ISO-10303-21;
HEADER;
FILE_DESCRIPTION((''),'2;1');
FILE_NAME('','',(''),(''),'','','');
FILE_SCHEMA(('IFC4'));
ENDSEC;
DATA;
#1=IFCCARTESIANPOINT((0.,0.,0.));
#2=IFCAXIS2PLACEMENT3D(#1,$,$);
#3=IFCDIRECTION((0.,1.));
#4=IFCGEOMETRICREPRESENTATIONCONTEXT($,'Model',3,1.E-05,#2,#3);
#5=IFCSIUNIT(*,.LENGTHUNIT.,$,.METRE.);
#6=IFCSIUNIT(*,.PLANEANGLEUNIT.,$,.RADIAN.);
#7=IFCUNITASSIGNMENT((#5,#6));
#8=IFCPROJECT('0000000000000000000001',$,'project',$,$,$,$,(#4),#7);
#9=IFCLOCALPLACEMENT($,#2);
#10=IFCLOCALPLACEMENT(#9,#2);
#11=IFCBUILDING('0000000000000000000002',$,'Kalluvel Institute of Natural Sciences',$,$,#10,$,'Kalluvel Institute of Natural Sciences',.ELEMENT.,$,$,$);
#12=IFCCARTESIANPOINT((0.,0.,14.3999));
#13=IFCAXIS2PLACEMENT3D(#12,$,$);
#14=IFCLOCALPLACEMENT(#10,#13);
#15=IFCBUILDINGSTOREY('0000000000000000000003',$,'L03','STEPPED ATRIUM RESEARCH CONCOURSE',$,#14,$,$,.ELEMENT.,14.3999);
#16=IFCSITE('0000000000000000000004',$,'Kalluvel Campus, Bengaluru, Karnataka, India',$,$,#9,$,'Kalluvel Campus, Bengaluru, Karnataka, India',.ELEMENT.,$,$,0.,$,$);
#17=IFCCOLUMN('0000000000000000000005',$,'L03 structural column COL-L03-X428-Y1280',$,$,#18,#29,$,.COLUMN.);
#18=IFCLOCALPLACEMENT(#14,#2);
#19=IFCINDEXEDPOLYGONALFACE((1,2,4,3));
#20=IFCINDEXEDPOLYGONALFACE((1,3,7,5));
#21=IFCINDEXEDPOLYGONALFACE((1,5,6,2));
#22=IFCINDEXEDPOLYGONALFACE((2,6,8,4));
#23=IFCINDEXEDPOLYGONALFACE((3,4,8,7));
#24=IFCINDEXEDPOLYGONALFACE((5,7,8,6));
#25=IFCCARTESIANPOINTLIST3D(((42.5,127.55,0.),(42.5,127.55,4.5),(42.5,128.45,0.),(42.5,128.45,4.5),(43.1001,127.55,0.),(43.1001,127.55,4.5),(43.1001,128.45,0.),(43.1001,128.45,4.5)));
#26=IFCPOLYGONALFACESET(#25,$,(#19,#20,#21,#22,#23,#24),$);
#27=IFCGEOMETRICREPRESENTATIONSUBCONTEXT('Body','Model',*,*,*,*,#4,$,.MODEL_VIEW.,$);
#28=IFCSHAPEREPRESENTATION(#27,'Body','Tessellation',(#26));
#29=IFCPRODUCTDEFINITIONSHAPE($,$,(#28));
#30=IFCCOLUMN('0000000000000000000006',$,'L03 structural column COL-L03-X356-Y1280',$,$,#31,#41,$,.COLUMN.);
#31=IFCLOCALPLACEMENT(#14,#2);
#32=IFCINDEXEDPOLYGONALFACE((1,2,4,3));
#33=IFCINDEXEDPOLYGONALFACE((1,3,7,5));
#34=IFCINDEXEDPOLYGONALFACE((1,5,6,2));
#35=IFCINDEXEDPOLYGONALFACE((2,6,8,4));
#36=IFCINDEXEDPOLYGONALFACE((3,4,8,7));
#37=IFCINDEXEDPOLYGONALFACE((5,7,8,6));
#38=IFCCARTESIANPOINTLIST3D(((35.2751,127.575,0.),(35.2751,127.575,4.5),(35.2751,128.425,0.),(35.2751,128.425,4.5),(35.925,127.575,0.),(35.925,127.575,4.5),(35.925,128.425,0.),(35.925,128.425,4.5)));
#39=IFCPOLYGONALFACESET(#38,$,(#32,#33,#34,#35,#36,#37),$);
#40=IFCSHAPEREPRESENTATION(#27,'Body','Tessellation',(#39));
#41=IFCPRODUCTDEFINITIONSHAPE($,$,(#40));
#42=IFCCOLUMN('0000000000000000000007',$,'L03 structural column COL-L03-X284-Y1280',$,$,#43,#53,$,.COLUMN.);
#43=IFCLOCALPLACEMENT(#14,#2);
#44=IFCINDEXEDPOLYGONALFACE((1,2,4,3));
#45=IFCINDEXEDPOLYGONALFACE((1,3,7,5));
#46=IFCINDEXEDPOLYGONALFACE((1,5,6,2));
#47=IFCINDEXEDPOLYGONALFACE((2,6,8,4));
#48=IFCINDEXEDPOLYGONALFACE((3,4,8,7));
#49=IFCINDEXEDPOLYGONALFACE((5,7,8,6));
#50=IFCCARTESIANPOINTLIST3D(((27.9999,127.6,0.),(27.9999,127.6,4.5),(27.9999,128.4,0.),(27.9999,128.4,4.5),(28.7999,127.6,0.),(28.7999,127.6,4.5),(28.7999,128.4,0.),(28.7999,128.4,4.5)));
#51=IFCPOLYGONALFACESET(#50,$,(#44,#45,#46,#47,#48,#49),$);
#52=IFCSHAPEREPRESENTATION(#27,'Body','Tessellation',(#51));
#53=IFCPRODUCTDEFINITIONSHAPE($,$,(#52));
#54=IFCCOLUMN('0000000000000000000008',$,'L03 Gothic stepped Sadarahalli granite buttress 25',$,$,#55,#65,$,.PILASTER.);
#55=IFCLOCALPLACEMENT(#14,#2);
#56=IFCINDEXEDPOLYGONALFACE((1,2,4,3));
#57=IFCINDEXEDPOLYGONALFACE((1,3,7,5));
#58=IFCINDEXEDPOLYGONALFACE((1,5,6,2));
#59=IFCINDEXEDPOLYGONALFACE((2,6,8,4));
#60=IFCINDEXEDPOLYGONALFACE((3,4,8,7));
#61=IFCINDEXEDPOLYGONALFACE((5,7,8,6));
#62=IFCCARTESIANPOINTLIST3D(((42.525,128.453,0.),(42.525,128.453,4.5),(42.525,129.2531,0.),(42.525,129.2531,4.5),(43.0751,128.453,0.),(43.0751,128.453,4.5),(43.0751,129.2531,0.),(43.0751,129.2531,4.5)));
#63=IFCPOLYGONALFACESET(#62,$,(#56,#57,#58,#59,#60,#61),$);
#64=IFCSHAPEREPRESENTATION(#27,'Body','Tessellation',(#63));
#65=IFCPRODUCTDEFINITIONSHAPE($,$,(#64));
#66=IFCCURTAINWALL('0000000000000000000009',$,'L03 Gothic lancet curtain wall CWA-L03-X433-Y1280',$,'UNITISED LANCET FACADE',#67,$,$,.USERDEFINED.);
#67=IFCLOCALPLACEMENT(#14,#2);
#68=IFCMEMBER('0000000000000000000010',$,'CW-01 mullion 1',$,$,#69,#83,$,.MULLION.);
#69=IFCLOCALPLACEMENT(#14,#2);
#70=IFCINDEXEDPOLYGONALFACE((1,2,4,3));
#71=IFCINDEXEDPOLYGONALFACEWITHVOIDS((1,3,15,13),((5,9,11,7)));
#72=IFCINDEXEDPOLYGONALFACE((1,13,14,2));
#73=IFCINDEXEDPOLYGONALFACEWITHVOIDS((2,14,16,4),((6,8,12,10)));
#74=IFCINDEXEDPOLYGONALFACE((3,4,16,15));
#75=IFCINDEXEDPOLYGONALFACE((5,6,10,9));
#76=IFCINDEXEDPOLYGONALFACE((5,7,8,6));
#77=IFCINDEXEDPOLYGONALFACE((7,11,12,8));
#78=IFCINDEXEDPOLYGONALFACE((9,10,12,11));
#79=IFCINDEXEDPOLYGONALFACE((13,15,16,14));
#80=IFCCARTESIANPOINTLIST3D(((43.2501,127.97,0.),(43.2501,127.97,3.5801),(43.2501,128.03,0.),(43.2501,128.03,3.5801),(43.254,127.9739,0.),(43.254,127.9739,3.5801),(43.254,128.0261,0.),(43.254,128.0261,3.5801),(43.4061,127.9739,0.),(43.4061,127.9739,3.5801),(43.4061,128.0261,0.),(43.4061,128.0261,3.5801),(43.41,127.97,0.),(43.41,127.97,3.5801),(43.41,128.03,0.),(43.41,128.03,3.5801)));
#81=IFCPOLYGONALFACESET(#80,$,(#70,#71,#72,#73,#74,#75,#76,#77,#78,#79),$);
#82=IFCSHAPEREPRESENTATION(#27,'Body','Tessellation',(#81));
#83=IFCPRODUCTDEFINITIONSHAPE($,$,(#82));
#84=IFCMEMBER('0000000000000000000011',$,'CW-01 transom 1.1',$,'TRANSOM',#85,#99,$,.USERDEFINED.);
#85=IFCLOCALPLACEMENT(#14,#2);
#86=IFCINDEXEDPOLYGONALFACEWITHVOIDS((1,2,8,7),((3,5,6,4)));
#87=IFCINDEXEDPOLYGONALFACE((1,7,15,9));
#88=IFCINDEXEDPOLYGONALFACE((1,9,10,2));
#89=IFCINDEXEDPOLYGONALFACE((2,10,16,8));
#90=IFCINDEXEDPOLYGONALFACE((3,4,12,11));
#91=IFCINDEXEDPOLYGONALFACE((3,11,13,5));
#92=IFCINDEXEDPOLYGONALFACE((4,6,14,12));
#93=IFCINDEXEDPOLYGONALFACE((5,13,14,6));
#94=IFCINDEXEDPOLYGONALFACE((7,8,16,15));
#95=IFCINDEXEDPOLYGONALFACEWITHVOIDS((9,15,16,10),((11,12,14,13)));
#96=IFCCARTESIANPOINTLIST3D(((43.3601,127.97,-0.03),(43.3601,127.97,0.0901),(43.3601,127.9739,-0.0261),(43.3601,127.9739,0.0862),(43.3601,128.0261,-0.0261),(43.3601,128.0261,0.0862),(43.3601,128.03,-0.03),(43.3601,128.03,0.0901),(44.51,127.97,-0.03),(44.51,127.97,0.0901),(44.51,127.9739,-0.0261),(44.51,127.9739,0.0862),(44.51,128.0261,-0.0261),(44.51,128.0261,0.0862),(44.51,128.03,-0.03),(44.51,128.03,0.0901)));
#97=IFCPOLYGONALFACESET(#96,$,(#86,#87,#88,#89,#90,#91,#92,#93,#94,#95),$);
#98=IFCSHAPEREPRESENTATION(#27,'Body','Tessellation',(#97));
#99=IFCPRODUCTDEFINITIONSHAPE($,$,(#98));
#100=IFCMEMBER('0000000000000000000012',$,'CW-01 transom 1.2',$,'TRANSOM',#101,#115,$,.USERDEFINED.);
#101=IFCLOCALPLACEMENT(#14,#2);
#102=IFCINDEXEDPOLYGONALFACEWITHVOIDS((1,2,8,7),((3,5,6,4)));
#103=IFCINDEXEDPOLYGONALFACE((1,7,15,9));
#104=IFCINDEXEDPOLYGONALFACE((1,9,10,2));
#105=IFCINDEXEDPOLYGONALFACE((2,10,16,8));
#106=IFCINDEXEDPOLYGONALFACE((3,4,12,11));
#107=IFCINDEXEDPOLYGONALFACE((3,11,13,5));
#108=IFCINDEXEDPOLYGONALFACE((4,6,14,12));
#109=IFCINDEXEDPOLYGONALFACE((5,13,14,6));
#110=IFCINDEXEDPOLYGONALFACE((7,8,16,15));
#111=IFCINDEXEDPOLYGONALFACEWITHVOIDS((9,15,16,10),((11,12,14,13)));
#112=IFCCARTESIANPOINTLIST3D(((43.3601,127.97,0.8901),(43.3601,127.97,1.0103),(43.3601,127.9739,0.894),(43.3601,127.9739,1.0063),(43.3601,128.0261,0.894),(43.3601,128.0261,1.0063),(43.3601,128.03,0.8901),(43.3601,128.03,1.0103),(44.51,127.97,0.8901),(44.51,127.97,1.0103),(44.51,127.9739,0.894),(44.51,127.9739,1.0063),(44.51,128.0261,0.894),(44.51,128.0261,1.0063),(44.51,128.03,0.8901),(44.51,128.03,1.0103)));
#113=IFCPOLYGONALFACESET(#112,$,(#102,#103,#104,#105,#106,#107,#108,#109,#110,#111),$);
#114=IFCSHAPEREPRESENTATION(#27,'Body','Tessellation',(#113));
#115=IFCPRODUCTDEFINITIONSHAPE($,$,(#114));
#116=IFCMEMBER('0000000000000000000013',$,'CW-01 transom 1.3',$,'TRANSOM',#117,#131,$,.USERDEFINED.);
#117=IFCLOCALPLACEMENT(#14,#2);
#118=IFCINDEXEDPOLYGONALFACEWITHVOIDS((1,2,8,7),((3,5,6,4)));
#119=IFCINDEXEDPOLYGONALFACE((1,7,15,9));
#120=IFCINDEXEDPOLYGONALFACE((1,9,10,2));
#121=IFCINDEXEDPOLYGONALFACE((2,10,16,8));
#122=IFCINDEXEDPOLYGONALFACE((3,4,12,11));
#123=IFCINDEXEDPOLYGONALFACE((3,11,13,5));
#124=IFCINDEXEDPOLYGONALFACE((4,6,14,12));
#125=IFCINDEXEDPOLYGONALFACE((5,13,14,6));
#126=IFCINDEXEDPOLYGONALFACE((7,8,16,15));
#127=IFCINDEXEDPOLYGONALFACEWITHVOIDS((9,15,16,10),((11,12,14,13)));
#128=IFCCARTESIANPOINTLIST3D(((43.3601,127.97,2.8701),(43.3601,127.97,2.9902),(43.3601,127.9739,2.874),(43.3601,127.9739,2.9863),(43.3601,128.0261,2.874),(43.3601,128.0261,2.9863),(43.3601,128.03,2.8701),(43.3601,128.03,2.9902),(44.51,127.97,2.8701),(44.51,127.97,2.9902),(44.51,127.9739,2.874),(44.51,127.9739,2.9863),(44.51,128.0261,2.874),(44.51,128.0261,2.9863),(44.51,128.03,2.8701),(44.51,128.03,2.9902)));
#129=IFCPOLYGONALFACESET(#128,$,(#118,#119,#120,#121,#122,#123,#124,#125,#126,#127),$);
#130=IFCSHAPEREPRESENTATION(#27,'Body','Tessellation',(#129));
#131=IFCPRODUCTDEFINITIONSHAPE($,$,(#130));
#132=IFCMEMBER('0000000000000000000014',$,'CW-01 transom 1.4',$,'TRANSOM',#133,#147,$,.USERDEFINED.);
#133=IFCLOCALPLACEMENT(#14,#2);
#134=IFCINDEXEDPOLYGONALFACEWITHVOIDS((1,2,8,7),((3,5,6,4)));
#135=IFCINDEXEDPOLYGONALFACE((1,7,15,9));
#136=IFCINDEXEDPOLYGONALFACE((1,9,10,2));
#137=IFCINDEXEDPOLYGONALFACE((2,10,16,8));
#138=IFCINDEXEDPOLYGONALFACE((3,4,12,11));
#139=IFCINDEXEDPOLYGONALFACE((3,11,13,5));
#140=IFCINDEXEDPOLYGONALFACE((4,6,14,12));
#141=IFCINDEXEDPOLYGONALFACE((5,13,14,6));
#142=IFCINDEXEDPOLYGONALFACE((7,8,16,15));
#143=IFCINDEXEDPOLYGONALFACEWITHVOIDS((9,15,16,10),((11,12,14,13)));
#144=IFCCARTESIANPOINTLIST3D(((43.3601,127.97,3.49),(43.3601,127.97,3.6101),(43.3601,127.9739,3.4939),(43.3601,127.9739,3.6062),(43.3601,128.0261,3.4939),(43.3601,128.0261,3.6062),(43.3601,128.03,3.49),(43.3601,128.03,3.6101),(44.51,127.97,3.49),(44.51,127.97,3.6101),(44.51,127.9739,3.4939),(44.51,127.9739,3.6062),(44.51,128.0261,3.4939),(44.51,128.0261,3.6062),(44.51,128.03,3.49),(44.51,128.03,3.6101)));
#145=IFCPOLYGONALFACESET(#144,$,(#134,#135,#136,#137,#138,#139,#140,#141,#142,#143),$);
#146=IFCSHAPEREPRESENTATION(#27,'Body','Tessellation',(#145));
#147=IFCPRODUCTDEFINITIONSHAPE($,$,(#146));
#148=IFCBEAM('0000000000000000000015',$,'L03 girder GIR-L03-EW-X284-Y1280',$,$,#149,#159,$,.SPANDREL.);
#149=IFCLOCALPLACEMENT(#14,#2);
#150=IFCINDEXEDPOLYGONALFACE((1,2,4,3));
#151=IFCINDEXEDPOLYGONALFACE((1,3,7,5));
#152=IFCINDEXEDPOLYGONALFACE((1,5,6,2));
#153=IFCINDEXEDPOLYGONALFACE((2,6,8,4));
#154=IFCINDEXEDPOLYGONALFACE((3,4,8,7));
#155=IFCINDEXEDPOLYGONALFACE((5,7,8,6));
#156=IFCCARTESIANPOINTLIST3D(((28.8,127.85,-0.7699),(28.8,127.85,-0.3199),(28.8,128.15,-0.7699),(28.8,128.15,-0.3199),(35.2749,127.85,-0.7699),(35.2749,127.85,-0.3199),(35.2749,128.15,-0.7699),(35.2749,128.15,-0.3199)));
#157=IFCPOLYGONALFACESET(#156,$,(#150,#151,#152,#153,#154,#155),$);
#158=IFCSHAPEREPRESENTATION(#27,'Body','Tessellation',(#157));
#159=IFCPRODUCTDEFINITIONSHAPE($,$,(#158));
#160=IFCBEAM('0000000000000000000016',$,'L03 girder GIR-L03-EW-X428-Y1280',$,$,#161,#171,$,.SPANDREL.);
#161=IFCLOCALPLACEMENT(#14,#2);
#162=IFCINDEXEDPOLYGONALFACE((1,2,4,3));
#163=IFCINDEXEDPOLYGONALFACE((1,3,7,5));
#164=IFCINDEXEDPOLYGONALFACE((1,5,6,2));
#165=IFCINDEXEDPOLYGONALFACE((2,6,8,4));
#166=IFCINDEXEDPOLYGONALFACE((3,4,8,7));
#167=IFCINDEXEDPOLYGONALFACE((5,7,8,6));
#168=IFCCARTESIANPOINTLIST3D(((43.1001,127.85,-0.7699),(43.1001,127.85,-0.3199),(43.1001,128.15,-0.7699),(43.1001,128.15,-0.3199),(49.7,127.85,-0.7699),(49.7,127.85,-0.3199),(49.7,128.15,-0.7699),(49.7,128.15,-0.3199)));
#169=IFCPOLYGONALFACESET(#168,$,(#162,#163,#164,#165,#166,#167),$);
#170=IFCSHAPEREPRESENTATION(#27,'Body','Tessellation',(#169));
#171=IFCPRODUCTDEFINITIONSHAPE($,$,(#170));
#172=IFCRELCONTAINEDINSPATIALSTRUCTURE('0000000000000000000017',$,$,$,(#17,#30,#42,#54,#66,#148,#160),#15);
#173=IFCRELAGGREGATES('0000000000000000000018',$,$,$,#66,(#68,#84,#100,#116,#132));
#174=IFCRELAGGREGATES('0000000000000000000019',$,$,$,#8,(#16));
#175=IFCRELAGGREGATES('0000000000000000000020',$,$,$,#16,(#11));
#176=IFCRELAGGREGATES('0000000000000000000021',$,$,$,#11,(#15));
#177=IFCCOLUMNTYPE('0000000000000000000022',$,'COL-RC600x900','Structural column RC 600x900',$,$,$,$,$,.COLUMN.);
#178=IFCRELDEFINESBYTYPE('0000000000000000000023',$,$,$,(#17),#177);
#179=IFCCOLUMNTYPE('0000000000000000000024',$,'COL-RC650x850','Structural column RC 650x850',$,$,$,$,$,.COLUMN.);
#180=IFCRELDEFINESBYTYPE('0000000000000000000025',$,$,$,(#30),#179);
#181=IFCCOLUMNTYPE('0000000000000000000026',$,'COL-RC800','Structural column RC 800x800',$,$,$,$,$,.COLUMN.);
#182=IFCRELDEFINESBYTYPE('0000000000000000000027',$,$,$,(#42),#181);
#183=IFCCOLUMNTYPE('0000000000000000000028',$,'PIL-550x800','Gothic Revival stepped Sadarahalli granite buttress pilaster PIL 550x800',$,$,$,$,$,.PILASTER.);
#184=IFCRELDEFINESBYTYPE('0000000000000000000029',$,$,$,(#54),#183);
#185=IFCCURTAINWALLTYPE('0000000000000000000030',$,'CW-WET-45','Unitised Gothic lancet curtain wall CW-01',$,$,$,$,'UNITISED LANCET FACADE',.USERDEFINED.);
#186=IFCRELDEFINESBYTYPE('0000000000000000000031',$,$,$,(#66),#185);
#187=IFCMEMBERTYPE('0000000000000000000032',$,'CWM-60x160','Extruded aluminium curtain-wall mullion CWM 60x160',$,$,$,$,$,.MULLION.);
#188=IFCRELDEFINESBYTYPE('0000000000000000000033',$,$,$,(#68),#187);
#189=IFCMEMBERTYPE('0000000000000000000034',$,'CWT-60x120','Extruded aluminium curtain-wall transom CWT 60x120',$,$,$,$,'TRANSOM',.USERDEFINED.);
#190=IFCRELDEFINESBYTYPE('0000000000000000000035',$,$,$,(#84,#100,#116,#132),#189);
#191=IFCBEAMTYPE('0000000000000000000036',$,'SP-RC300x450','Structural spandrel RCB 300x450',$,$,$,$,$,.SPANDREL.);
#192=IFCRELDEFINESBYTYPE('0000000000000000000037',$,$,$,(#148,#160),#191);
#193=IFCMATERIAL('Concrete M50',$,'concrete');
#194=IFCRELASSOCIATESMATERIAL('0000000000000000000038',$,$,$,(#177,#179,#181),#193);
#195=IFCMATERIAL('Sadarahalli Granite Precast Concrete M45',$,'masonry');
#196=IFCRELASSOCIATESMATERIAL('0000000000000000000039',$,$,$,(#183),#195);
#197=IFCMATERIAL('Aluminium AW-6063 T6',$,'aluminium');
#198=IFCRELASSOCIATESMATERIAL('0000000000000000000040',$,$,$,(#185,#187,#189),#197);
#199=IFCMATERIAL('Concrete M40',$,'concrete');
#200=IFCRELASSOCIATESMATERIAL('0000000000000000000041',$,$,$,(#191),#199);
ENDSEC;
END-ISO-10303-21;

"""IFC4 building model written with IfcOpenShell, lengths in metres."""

from ifc_helpers import new_model, si_unit, direction, frame, origin, origin_2d, place, context, subcontext, project, spatial, rectangle, hollow_rectangle, extrude, material, material_profile, profile_set, type_object, element, aggregate, save


model = new_model("IFC4")

# Units and contexts
model_context = context("Model", 3, precision=1e-05, world=origin(), true_north=direction((0.0, 1.0)))
body_context = subcontext(model_context, "Body", "Model", "MODEL_VIEW")
ifc_project = project(units=[si_unit("LENGTHUNIT", "METRE"), si_unit("PLANEANGLEUNIT", "RADIAN")], contexts=[model_context])

# Site, building, storey
site_placement = place(None, origin())
site = spatial("IfcSite", under=ifc_project, at=site_placement, Name="Kalluvel Campus, Bengaluru, Karnataka, India", LongName="Kalluvel Campus, Bengaluru, Karnataka, India", CompositionType="ELEMENT", RefElevation=0.0)
building_placement = place(site_placement, origin())
building = spatial("IfcBuilding", under=site, at=building_placement, Name="Kalluvel Institute of Natural Sciences", LongName="Kalluvel Institute of Natural Sciences", CompositionType="ELEMENT")
storey_placement = place(building_placement, frame((0.0, 0.0, 14.3999)))
storey = spatial("IfcBuildingStorey", under=building, at=storey_placement, Name="L03", Description="STEPPED ATRIUM RESEARCH CONCOURSE", CompositionType="ELEMENT", Elevation=14.3999)

# Columns
ifc_material_1 = material(Name="Concrete M50", Category="concrete")
ifc_material_profile_1 = material_profile(ifc_material_1, rectangle(XDim=0.6001, YDim=0.8999, at=origin_2d()), Name="RC 600x900")
ifc_profile_set_1 = profile_set([ifc_material_profile_1], Name="Concrete M50")
column_type_1 = type_object("IfcColumnType", Name="COL-RC600x900", Description="Structural column RC 600x900", PredefinedType="COLUMN", material=ifc_profile_set_1)
column_1_placement = place(storey_placement, frame((42.8, 128.0, 0.0), z_axis=(0.0, 0.0, 1.0), x_axis=(1.0, 0.0, 0.0)))
element("IfcColumn", 1, at=column_1_placement, inside=storey, type_object=column_type_1, Name="L03 structural column COL-L03-X428-Y1280", PredefinedType="COLUMN", context=body_context, shape_type="SweptSolid", body=[
    extrude(rectangle(XDim=0.6001, YDim=0.8999, at=origin_2d()), origin(), (0.0, 0.0, 1.0), 4.5),
])
ifc_material_profile_2 = material_profile(ifc_material_1, rectangle(XDim=0.6499, YDim=0.8501, at=origin_2d()), Name="RC 650x850")
ifc_profile_set_2 = profile_set([ifc_material_profile_2], Name="Concrete M50")
column_type_2 = type_object("IfcColumnType", Name="COL-RC650x850", Description="Structural column RC 650x850", PredefinedType="COLUMN", material=ifc_profile_set_2)
column_2_placement = place(storey_placement, frame((35.6001, 128.0, 0.0), z_axis=(0.0, 0.0, 1.0), x_axis=(1.0, 0.0, 0.0)))
element("IfcColumn", 2, at=column_2_placement, inside=storey, type_object=column_type_2, Name="L03 structural column COL-L03-X356-Y1280", PredefinedType="COLUMN", context=body_context, shape_type="SweptSolid", body=[
    extrude(rectangle(XDim=0.6499, YDim=0.8501, at=origin_2d()), origin(), (0.0, 0.0, 1.0), 4.5),
])
ifc_material_profile_3 = material_profile(ifc_material_1, rectangle(XDim=0.8, YDim=0.8, at=origin_2d()), Name="RC 800x800")
ifc_profile_set_3 = profile_set([ifc_material_profile_3], Name="Concrete M50")
column_type_3 = type_object("IfcColumnType", Name="COL-RC800", Description="Structural column RC 800x800", PredefinedType="COLUMN", material=ifc_profile_set_3)
column_3_placement = place(storey_placement, frame((28.3999, 128.0, 0.0), z_axis=(0.0, 0.0, 1.0), x_axis=(1.0, 0.0, 0.0)))
element("IfcColumn", 3, at=column_3_placement, inside=storey, type_object=column_type_3, Name="L03 structural column COL-L03-X284-Y1280", PredefinedType="COLUMN", context=body_context, shape_type="SweptSolid", body=[
    extrude(rectangle(XDim=0.8, YDim=0.8, at=origin_2d()), origin(), (0.0, 0.0, 1.0), 4.5),
])
ifc_material_2 = material(Name="Sadarahalli Granite Precast Concrete M45", Category="masonry")
ifc_material_profile_4 = material_profile(ifc_material_2, rectangle(XDim=0.55, YDim=0.8, at=origin_2d()), Name="PIL 550x800")
ifc_profile_set_4 = profile_set([ifc_material_profile_4], Name="Sadarahalli Granite Precast Concrete M45")
column_type_4 = type_object("IfcColumnType", Name="PIL-550x800", Description="Gothic Revival stepped Sadarahalli granite buttress pilaster PIL 550x800", PredefinedType="PILASTER", material=ifc_profile_set_4)
column_4_placement = place(storey_placement, frame((42.8, 128.853, 0.0), z_axis=(0.0, 0.0, 1.0), x_axis=(1.0, 0.0, 0.0)))
element("IfcColumn", 4, at=column_4_placement, inside=storey, type_object=column_type_4, Name="L03 Gothic stepped Sadarahalli granite buttress 25", PredefinedType="PILASTER", context=body_context, shape_type="SweptSolid", body=[
    extrude(rectangle(XDim=0.55, YDim=0.8, at=origin_2d()), origin(), (0.0, 0.0, 1.0), 4.5),
])

# Curtain wall, members
ifc_material_3 = material(Name="Aluminium AW-6063 T6", Category="aluminium")
curtain_wall_type = type_object("IfcCurtainWallType", Name="CW-WET-45", Description="Unitised Gothic lancet curtain wall CW-01", ElementType="UNITISED LANCET FACADE", PredefinedType="USERDEFINED", material=ifc_material_3)
curtain_wall_placement = place(storey_placement, origin())
curtain_wall = element("IfcCurtainWall", 5, at=curtain_wall_placement, inside=storey, type_object=curtain_wall_type, Name="L03 Gothic lancet curtain wall CWA-L03-X433-Y1280", ObjectType="UNITISED LANCET FACADE", PredefinedType="USERDEFINED")
ifc_material_profile_5 = material_profile(ifc_material_3, hollow_rectangle(XDim=0.0601, YDim=0.1599, WallThickness=0.0039, at=origin_2d()), Name="CWM 60x160")
ifc_profile_set_5 = profile_set([ifc_material_profile_5], Name="Aluminium AW-6063 T6")
member_type_1 = type_object("IfcMemberType", Name="CWM-60x160", Description="Extruded aluminium curtain-wall mullion CWM 60x160", PredefinedType="MULLION", material=ifc_profile_set_5)
member_1_placement = place(storey_placement, frame((43.3301, 128.0, 0.0), z_axis=(0.0, 0.0, 1.0), x_axis=(0.0, 1.0, 0.0)))
member_1 = element("IfcMember", 6, at=member_1_placement, type_object=member_type_1, Name="CW-01 mullion 1", PredefinedType="MULLION", context=body_context, shape_type="SweptSolid", body=[
    extrude(hollow_rectangle(XDim=0.0601, YDim=0.1599, WallThickness=0.0039, at=origin_2d()), origin(), (0.0, 0.0, 1.0), 3.5801),
])
ifc_material_profile_6 = material_profile(ifc_material_3, hollow_rectangle(XDim=0.0601, YDim=0.1201, WallThickness=0.0039, at=origin_2d()), Name="CWT 60x120")
ifc_profile_set_6 = profile_set([ifc_material_profile_6], Name="Aluminium AW-6063 T6")
member_type_2 = type_object("IfcMemberType", Name="CWT-60x120", Description="Extruded aluminium curtain-wall transom CWT 60x120", ElementType="TRANSOM", PredefinedType="USERDEFINED", material=ifc_profile_set_6)
member_2_placement = place(storey_placement, frame((43.3601, 128.0, 0.03), z_axis=(1.0, 0.0, 0.0), x_axis=(0.0, 1.0, 0.0)))
member_2 = element("IfcMember", 7, at=member_2_placement, type_object=member_type_2, Name="CW-01 transom 1.1", ObjectType="TRANSOM", PredefinedType="USERDEFINED", context=body_context, shape_type="SweptSolid", body=[
    extrude(hollow_rectangle(XDim=0.0601, YDim=0.1201, WallThickness=0.0039, at=origin_2d()), origin(), (0.0, 0.0, 1.0), 1.1499),
])
member_3_placement = place(storey_placement, frame((43.3601, 128.0, 0.9502), z_axis=(1.0, 0.0, 0.0), x_axis=(0.0, 1.0, 0.0)))
member_3 = element("IfcMember", 8, at=member_3_placement, type_object=member_type_2, Name="CW-01 transom 1.2", ObjectType="TRANSOM", PredefinedType="USERDEFINED", context=body_context, shape_type="SweptSolid", body=[
    extrude(hollow_rectangle(XDim=0.0601, YDim=0.1201, WallThickness=0.0039, at=origin_2d()), origin(), (0.0, 0.0, 1.0), 1.1499),
])
member_4_placement = place(storey_placement, frame((43.3601, 128.0, 2.9302), z_axis=(1.0, 0.0, 0.0), x_axis=(0.0, 1.0, 0.0)))
member_4 = element("IfcMember", 9, at=member_4_placement, type_object=member_type_2, Name="CW-01 transom 1.3", ObjectType="TRANSOM", PredefinedType="USERDEFINED", context=body_context, shape_type="SweptSolid", body=[
    extrude(hollow_rectangle(XDim=0.0601, YDim=0.1201, WallThickness=0.0039, at=origin_2d()), origin(), (0.0, 0.0, 1.0), 1.1499),
])
member_5_placement = place(storey_placement, frame((43.3601, 128.0, 3.55), z_axis=(1.0, 0.0, 0.0), x_axis=(0.0, 1.0, 0.0)))
member_5 = element("IfcMember", 10, at=member_5_placement, type_object=member_type_2, Name="CW-01 transom 1.4", ObjectType="TRANSOM", PredefinedType="USERDEFINED", context=body_context, shape_type="SweptSolid", body=[
    extrude(hollow_rectangle(XDim=0.0601, YDim=0.1201, WallThickness=0.0039, at=origin_2d()), origin(), (0.0, 0.0, 1.0), 1.1499),
])
aggregate(curtain_wall, [member_1, member_2, member_3, member_4, member_5])

# Beams
ifc_material_4 = material(Name="Concrete M40", Category="concrete")
ifc_material_profile_7 = material_profile(ifc_material_4, rectangle(XDim=0.3, YDim=0.45, at=origin_2d()), Name="RCB 300x450")
ifc_profile_set_7 = profile_set([ifc_material_profile_7], Name="Concrete M40")
beam_type_1 = type_object("IfcBeamType", Name="SP-RC300x450", Description="Structural spandrel RCB 300x450", PredefinedType="SPANDREL", material=ifc_profile_set_7)
beam_1_placement = place(storey_placement, frame((28.8, 128.0, -0.5449), z_axis=(1.0, 0.0, 0.0), x_axis=(0.0, 1.0, 0.0)))
element("IfcBeam", 11, at=beam_1_placement, inside=storey, type_object=beam_type_1, Name="L03 girder GIR-L03-EW-X284-Y1280", PredefinedType="SPANDREL", context=body_context, shape_type="SweptSolid", body=[
    extrude(rectangle(XDim=0.3, YDim=0.45, at=origin_2d()), origin(), (0.0, 0.0, 1.0), 6.4749),
])
beam_2_placement = place(storey_placement, frame((43.1001, 128.0, -0.5449), z_axis=(1.0, 0.0, 0.0), x_axis=(0.0, 1.0, 0.0)))
element("IfcBeam", 12, at=beam_2_placement, inside=storey, type_object=beam_type_1, Name="L03 girder GIR-L03-EW-X428-Y1280", PredefinedType="SPANDREL", context=body_context, shape_type="SweptSolid", body=[
    extrude(rectangle(XDim=0.3, YDim=0.45, at=origin_2d()), origin(), (0.0, 0.0, 1.0), 6.5999),
])

save(model, "model.ifc")
